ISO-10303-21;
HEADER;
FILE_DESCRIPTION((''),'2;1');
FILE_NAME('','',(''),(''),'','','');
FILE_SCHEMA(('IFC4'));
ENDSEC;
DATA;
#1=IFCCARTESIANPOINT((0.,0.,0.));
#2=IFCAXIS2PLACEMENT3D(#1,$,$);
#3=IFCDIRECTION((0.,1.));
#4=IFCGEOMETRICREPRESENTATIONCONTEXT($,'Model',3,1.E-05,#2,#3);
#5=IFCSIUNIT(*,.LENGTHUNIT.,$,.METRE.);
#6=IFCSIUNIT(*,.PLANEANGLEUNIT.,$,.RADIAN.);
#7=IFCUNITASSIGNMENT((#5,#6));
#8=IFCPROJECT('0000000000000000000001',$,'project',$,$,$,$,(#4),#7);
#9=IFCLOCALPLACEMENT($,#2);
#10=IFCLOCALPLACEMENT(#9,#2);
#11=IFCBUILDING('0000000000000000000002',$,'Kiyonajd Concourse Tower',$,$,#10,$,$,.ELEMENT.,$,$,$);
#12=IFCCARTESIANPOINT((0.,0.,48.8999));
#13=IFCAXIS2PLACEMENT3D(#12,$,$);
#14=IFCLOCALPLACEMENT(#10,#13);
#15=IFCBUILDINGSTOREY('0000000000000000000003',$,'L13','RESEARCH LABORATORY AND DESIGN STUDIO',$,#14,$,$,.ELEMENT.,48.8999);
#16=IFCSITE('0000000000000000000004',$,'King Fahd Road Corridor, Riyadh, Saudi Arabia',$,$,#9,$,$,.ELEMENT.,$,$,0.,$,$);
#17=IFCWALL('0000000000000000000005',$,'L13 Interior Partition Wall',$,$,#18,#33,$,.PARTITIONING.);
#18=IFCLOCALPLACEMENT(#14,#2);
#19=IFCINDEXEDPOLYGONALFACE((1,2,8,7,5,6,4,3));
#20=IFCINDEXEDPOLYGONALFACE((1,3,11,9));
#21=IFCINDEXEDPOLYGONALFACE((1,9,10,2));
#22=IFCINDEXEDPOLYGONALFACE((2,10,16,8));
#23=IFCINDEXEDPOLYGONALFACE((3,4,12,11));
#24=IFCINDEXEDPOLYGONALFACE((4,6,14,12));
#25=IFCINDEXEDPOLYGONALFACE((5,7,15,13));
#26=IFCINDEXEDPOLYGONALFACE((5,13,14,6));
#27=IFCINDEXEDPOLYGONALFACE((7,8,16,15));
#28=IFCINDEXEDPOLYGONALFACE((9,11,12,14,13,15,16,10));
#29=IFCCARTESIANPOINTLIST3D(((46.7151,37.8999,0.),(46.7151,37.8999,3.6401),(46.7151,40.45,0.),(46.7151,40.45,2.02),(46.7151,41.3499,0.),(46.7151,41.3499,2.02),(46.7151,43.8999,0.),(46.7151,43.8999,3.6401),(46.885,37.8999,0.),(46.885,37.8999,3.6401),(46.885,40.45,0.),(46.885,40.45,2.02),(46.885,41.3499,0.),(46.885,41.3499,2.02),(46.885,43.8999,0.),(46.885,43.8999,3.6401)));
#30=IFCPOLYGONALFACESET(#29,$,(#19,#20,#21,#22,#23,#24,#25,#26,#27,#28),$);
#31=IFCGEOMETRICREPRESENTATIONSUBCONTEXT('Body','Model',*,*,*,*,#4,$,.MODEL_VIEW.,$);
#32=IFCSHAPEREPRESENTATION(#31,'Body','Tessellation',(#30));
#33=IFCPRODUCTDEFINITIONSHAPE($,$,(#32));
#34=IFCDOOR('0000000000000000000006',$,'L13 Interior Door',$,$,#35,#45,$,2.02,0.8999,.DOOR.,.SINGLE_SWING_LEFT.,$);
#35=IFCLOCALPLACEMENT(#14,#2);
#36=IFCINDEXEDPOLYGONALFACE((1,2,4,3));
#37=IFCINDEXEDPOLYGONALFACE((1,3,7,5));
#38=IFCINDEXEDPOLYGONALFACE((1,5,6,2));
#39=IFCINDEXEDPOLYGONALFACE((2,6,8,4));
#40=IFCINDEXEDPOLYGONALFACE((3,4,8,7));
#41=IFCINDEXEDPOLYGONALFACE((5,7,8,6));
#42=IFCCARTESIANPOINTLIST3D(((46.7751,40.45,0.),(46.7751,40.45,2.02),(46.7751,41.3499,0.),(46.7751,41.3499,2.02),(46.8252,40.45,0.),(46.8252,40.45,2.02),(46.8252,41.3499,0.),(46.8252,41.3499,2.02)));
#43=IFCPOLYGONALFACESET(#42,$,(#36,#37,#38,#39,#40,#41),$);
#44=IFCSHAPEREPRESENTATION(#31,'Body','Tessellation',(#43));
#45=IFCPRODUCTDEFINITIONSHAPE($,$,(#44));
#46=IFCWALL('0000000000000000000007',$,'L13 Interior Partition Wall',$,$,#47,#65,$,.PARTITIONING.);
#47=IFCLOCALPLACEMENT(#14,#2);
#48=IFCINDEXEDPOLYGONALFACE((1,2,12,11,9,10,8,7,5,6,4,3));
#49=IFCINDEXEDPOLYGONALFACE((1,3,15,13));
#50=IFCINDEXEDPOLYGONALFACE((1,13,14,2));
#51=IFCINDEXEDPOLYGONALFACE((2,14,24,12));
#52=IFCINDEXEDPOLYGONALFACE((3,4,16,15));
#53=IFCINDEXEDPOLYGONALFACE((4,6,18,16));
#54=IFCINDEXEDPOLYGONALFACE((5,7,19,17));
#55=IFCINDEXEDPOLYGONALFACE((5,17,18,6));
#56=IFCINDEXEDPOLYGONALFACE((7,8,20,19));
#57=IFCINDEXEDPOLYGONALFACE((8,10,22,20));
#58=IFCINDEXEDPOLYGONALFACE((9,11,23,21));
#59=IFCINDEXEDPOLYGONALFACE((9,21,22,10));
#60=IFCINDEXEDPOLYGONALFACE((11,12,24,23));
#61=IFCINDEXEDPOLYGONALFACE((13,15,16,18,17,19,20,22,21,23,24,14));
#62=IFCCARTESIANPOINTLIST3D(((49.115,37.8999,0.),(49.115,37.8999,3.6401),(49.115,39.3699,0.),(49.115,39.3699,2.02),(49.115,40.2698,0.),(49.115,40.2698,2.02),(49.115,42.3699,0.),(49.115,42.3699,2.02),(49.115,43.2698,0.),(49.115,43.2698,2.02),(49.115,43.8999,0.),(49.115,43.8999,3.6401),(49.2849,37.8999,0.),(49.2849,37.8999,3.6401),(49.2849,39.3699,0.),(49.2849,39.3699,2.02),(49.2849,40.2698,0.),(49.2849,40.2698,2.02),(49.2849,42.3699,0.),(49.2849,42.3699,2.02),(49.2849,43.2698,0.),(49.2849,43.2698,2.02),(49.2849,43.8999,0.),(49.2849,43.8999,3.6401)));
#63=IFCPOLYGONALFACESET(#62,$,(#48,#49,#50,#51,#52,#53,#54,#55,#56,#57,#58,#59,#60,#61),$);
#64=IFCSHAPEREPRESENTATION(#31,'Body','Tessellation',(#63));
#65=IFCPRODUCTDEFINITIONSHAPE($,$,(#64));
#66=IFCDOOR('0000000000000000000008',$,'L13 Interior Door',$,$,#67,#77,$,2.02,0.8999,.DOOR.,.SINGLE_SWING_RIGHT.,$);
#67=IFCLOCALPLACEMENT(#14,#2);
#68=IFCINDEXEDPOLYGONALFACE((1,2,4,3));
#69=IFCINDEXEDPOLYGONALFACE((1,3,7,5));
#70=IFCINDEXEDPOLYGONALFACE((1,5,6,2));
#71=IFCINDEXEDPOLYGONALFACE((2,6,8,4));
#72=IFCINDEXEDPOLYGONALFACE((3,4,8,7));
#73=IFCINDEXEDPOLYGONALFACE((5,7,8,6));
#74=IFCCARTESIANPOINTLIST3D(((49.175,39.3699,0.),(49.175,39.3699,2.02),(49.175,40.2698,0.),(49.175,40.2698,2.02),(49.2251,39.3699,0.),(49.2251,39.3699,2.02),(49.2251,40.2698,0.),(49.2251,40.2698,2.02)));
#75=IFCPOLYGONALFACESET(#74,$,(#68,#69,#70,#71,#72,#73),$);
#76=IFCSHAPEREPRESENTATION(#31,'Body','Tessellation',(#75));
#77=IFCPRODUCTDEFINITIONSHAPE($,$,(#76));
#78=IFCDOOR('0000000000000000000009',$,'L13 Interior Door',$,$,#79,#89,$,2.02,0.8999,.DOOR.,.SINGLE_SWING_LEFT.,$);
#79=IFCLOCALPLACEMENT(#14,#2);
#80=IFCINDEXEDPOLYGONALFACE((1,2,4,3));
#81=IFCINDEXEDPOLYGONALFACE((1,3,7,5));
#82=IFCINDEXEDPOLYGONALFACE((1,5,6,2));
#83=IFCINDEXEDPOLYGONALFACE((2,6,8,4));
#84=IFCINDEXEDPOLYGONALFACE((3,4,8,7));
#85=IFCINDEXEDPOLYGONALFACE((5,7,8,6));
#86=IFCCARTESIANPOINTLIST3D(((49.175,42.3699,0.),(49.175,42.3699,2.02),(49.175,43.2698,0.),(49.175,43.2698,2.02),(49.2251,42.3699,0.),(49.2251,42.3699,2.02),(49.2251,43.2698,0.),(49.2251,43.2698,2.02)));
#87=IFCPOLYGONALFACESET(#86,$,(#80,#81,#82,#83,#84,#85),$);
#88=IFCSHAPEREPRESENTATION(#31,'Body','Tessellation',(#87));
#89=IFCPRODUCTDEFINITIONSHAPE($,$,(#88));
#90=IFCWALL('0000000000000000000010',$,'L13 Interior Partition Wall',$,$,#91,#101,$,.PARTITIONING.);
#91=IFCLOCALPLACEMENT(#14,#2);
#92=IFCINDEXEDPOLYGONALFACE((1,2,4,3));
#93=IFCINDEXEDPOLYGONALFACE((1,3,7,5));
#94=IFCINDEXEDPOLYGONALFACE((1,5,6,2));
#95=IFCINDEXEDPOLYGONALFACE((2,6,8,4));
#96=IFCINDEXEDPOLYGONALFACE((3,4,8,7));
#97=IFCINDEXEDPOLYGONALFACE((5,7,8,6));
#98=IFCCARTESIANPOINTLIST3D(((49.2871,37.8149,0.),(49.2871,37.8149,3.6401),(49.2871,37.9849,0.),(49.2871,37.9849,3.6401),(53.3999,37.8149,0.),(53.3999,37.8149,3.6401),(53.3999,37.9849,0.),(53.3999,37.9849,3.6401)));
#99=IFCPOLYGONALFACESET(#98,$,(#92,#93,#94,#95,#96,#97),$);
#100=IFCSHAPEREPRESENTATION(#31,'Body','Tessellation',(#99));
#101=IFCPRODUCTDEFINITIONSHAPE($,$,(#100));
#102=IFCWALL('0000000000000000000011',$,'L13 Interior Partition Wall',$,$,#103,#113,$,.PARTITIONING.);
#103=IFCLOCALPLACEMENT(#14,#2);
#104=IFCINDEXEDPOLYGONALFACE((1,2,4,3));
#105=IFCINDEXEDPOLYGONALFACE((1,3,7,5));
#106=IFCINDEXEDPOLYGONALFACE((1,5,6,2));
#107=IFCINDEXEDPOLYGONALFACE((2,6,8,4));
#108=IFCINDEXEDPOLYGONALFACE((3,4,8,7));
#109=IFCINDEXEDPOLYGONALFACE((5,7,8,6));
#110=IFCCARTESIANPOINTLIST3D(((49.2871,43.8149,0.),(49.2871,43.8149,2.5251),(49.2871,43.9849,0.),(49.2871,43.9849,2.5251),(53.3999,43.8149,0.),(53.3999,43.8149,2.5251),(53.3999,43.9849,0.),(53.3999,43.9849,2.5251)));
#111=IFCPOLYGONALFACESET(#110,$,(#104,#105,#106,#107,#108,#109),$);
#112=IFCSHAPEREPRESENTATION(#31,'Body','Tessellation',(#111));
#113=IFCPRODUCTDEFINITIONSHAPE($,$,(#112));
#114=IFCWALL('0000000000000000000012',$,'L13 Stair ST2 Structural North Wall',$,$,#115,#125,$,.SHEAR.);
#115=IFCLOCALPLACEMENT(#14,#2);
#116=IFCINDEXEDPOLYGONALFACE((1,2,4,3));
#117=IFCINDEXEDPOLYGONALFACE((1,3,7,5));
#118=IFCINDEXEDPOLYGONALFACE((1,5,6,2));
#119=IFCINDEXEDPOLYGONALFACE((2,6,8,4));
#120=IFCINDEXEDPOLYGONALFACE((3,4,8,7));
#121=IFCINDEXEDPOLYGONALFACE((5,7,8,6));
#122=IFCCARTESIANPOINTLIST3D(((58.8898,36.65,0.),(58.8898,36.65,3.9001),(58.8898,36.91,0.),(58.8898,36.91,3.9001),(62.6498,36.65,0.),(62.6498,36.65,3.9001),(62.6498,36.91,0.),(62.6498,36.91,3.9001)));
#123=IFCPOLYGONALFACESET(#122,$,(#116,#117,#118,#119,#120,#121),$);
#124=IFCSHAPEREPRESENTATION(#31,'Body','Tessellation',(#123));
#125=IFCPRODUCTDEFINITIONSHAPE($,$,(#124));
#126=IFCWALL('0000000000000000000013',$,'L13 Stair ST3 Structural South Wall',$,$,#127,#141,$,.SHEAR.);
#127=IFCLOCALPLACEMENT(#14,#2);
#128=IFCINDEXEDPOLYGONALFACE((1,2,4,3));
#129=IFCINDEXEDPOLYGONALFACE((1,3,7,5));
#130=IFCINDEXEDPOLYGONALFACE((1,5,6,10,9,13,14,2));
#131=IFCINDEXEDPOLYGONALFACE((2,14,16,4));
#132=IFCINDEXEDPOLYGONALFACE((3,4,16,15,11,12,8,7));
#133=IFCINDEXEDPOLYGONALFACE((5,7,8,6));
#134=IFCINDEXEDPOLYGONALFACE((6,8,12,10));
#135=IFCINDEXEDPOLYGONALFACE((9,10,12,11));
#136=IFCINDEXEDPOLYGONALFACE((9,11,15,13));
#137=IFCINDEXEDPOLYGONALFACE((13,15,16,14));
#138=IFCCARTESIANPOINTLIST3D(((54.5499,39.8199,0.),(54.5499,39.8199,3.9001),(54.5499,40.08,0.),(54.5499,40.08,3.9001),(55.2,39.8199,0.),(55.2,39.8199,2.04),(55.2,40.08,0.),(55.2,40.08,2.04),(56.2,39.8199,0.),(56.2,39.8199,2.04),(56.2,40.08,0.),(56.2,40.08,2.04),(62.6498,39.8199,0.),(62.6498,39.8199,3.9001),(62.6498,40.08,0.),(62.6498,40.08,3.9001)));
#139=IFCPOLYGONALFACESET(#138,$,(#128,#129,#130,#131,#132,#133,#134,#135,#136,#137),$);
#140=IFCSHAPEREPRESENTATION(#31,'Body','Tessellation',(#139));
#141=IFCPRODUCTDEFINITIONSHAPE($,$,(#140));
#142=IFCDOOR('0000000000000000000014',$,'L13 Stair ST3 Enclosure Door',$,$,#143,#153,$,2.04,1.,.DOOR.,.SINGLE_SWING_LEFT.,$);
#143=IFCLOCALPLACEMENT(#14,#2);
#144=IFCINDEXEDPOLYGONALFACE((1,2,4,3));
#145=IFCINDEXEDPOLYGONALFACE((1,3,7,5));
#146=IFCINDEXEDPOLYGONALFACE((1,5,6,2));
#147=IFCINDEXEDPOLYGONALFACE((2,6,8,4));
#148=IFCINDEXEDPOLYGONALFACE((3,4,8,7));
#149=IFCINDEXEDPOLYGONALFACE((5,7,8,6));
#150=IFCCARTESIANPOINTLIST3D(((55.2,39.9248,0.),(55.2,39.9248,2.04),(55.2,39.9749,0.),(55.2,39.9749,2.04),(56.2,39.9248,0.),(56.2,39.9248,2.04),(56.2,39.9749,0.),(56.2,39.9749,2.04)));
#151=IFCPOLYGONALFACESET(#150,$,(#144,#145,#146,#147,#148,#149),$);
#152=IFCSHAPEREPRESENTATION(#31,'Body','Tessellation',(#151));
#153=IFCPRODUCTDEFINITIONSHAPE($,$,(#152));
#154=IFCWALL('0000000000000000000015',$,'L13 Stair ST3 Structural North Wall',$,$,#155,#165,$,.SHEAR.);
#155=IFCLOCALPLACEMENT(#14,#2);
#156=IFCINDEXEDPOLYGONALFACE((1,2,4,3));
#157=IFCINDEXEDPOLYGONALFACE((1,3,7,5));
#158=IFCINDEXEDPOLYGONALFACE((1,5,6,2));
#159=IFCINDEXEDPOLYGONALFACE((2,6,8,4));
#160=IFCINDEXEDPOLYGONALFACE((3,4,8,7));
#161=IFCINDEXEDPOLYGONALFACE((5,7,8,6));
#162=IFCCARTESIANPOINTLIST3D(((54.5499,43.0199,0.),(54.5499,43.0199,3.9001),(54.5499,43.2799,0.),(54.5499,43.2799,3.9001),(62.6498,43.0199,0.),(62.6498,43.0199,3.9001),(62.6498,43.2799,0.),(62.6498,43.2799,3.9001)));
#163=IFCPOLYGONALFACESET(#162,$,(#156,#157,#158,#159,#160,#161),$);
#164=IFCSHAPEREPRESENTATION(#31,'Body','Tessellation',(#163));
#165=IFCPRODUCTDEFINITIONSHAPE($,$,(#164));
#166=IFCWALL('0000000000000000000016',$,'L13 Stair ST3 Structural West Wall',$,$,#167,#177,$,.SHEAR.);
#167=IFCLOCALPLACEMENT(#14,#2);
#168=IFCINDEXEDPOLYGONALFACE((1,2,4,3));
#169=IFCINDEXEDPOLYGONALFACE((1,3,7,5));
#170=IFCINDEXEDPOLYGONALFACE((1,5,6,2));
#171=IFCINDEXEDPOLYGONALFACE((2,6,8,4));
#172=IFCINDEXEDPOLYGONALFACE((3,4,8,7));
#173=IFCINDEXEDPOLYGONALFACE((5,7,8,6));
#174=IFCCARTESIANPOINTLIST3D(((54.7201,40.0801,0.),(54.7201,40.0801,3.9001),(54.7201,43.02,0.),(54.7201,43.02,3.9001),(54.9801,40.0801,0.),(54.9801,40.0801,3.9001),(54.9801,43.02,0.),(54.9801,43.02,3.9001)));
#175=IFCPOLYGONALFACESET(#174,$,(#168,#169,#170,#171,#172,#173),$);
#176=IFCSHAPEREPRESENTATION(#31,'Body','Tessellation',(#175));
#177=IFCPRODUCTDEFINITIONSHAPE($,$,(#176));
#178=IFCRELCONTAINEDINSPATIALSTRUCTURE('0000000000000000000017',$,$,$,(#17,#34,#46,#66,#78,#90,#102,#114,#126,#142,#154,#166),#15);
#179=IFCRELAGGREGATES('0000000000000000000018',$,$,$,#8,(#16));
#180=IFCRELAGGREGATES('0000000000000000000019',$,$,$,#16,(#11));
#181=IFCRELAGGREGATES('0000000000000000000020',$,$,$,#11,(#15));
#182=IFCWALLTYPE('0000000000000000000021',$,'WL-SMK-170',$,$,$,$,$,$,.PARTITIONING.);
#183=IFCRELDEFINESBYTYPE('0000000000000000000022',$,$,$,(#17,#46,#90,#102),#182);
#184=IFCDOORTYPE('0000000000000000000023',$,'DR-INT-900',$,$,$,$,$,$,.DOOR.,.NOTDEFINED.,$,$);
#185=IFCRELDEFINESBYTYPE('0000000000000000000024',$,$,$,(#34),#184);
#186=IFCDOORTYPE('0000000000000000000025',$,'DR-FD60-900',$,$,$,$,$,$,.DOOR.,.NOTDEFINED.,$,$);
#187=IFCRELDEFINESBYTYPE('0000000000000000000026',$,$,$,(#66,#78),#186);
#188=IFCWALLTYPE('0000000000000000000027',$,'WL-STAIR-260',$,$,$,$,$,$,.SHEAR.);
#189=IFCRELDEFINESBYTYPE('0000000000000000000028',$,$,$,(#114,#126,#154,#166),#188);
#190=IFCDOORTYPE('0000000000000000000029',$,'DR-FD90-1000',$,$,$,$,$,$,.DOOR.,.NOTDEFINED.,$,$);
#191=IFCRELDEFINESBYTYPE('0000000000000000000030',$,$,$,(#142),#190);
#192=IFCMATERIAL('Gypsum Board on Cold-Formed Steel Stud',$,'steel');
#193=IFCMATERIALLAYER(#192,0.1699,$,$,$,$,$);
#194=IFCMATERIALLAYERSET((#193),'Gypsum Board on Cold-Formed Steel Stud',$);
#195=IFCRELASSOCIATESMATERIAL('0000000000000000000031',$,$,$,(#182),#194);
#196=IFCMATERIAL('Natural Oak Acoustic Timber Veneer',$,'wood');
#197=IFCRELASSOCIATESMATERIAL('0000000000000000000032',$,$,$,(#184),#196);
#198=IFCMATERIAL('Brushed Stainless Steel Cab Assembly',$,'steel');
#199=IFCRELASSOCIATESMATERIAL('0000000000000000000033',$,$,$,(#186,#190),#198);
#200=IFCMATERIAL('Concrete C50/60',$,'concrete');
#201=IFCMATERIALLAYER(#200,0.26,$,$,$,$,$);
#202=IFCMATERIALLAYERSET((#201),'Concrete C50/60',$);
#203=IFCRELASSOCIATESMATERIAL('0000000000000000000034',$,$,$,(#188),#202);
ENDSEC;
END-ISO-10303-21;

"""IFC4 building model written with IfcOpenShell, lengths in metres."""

from ifc_helpers import new_model, si_unit, direction, frame, frame_2d, origin, place, context, subcontext, project, spatial, rectangle, extrude, material, layer, layer_set, type_object, element, fill, save


model = new_model("IFC4")

# Units and contexts
model_context = context("Model", 3, precision=1e-05, world=origin(), true_north=direction((0.0, 1.0)))
body_context = subcontext(model_context, "Body", "Model", "MODEL_VIEW")
ifc_project = project(units=[si_unit("LENGTHUNIT", "METRE"), si_unit("PLANEANGLEUNIT", "RADIAN")], contexts=[model_context])

# Site, building, storey
site_placement = place(None, origin())
site = spatial("IfcSite", under=ifc_project, at=site_placement, Name="King Fahd Road Corridor, Riyadh, Saudi Arabia", CompositionType="ELEMENT", RefElevation=0.0)
building_placement = place(site_placement, origin())
building = spatial("IfcBuilding", under=site, at=building_placement, Name="Kiyonajd Concourse Tower", CompositionType="ELEMENT")
storey_placement = place(building_placement, frame((0.0, 0.0, 48.8999)))
storey = spatial("IfcBuildingStorey", under=building, at=storey_placement, Name="L13", Description="RESEARCH LABORATORY AND DESIGN STUDIO", CompositionType="ELEMENT", Elevation=48.8999)

# Shared definitions
ifc_material_1 = material(Name="Concrete C50/60", Category="concrete")

# Shared definitions
ifc_material_2 = material(Name="Gypsum Board on Cold-Formed Steel Stud", Category="steel")
ifc_layer_1 = layer(ifc_material_2, 0.1699)
ifc_layer_set_1 = layer_set([ifc_layer_1], Name="Gypsum Board on Cold-Formed Steel Stud")
wall_type_1 = type_object("IfcWallType", Name="WL-SMK-170", PredefinedType="PARTITIONING", material=ifc_layer_set_1)

# Wall, opening, door
wall_1_placement = place(storey_placement, frame((46.8, 37.8999, 0.0), z_axis=(0.0, 0.0, 1.0), x_axis=(0.0, 1.0, 0.0)))
wall_1 = element("IfcWall", 1, at=wall_1_placement, inside=storey, type_object=wall_type_1, Name="L13 Interior Partition Wall", PredefinedType="PARTITIONING", context=body_context, shape_type="SweptSolid", body=[
    extrude(rectangle(XDim=6.0, YDim=0.1699, at=frame_2d((3.0, 0.0))), origin(), (0.0, 0.0, 1.0), 3.6401),
])
opening_1_placement = place(wall_1_placement, frame((2.55, 0.0, 0.0)))
opening_1 = element("IfcOpeningElement", 2, at=opening_1_placement, cuts=wall_1, PredefinedType="OPENING", context=body_context, shape_type="SweptSolid", body=[
    extrude(rectangle(XDim=0.8999, YDim=2.02, at=frame_2d((0.45, 1.01))), frame((0.0, 0.095, 0.0), z_axis=(0.0, -1.0, 0.0), x_axis=(1.0, 0.0, 0.0)), (0.0, 0.0, 1.0), 0.1899),
])
ifc_material_3 = material(Name="Natural Oak Acoustic Timber Veneer", Category="wood")
door_type_1 = type_object("IfcDoorType", Name="DR-INT-900", OperationType="NOTDEFINED", PredefinedType="DOOR", material=ifc_material_3)
door_1_placement = place(opening_1_placement, origin())
door_1 = element("IfcDoor", 3, at=door_1_placement, inside=storey, type_object=door_type_1, Name="L13 Interior Door", OperationType="SINGLE_SWING_LEFT", OverallHeight=2.02, OverallWidth=0.8999, PredefinedType="DOOR", context=body_context, shape_type="SweptSolid", body=[
    extrude(rectangle(XDim=0.8999, YDim=2.02, at=frame_2d((0.45, 1.01))), frame((0.0, 0.0249, 0.0), z_axis=(0.0, -1.0, 0.0), x_axis=(1.0, 0.0, 0.0)), (0.0, 0.0, 1.0), 0.05),
])
fill(opening_1, door_1)

# Wall, openings, doors
wall_2_placement = place(storey_placement, frame((49.2, 37.8999, 0.0), z_axis=(0.0, 0.0, 1.0), x_axis=(0.0, 1.0, 0.0)))
wall_2 = element("IfcWall", 4, at=wall_2_placement, inside=storey, type_object=wall_type_1, Name="L13 Interior Partition Wall", PredefinedType="PARTITIONING", context=body_context, shape_type="SweptSolid", body=[
    extrude(rectangle(XDim=6.0, YDim=0.1699, at=frame_2d((3.0, 0.0))), origin(), (0.0, 0.0, 1.0), 3.6401),
])
opening_2_placement = place(wall_2_placement, frame((1.47, 0.0, 0.0)))
opening_2 = element("IfcOpeningElement", 5, at=opening_2_placement, cuts=wall_2, PredefinedType="OPENING", context=body_context, shape_type="SweptSolid", body=[
    extrude(rectangle(XDim=0.8999, YDim=2.02, at=frame_2d((0.45, 1.01))), frame((0.0, 0.095, 0.0), z_axis=(0.0, -1.0, 0.0), x_axis=(1.0, 0.0, 0.0)), (0.0, 0.0, 1.0), 0.1899),
])
opening_3_placement = place(wall_2_placement, frame((4.47, 0.0, 0.0)))
opening_3 = element("IfcOpeningElement", 6, at=opening_3_placement, cuts=wall_2, PredefinedType="OPENING", context=body_context, shape_type="SweptSolid", body=[
    extrude(rectangle(XDim=0.8999, YDim=2.02, at=frame_2d((0.45, 1.01))), frame((0.0, 0.095, 0.0), z_axis=(0.0, -1.0, 0.0), x_axis=(1.0, 0.0, 0.0)), (0.0, 0.0, 1.0), 0.1899),
])
ifc_material_4 = material(Name="Brushed Stainless Steel Cab Assembly", Category="steel")
door_type_2 = type_object("IfcDoorType", Name="DR-FD60-900", OperationType="NOTDEFINED", PredefinedType="DOOR", material=ifc_material_4)
door_2_placement = place(opening_2_placement, origin())
door_2 = element("IfcDoor", 7, at=door_2_placement, inside=storey, type_object=door_type_2, Name="L13 Interior Door", OperationType="SINGLE_SWING_RIGHT", OverallHeight=2.02, OverallWidth=0.8999, PredefinedType="DOOR", context=body_context, shape_type="SweptSolid", body=[
    extrude(rectangle(XDim=0.8999, YDim=2.02, at=frame_2d((0.45, 1.01))), frame((0.0, 0.0249, 0.0), z_axis=(0.0, -1.0, 0.0), x_axis=(1.0, 0.0, 0.0)), (0.0, 0.0, 1.0), 0.05),
])
fill(opening_2, door_2)
door_3_placement = place(opening_3_placement, origin())
door_3 = element("IfcDoor", 8, at=door_3_placement, inside=storey, type_object=door_type_2, Name="L13 Interior Door", OperationType="SINGLE_SWING_LEFT", OverallHeight=2.02, OverallWidth=0.8999, PredefinedType="DOOR", context=body_context, shape_type="SweptSolid", body=[
    extrude(rectangle(XDim=0.8999, YDim=2.02, at=frame_2d((0.45, 1.01))), frame((0.0, 0.0249, 0.0), z_axis=(0.0, -1.0, 0.0), x_axis=(1.0, 0.0, 0.0)), (0.0, 0.0, 1.0), 0.05),
])
fill(opening_3, door_3)

# Walls
wall_3_placement = place(storey_placement, frame((49.2871, 37.8999, 0.0), z_axis=(0.0, 0.0, 1.0), x_axis=(1.0, 0.0, 0.0)))
element("IfcWall", 9, at=wall_3_placement, inside=storey, type_object=wall_type_1, Name="L13 Interior Partition Wall", PredefinedType="PARTITIONING", context=body_context, shape_type="SweptSolid", body=[
    extrude(rectangle(XDim=4.1128, YDim=0.1699, at=frame_2d((2.0564, 0.0))), origin(), (0.0, 0.0, 1.0), 3.6401),
])
wall_4_placement = place(storey_placement, frame((49.2871, 43.8999, 0.0), z_axis=(0.0, 0.0, 1.0), x_axis=(1.0, 0.0, 0.0)))
element("IfcWall", 10, at=wall_4_placement, inside=storey, type_object=wall_type_1, Name="L13 Interior Partition Wall", PredefinedType="PARTITIONING", context=body_context, shape_type="SweptSolid", body=[
    extrude(rectangle(XDim=4.1128, YDim=0.1699, at=frame_2d((2.0564, 0.0))), origin(), (0.0, 0.0, 1.0), 2.5251),
])
ifc_layer_2 = layer(ifc_material_1, 0.26)
ifc_layer_set_2 = layer_set([ifc_layer_2], Name="Concrete C50/60")
wall_type_2 = type_object("IfcWallType", Name="WL-STAIR-260", PredefinedType="SHEAR", material=ifc_layer_set_2)
wall_5_placement = place(storey_placement, frame((58.8899, 36.78, 0.0), z_axis=(0.0, 0.0, 1.0), x_axis=(1.0, 0.0, 0.0)))
element("IfcWall", 11, at=wall_5_placement, inside=storey, type_object=wall_type_2, Name="L13 Stair ST2 Structural North Wall", PredefinedType="SHEAR", context=body_context, shape_type="SweptSolid", body=[
    extrude(rectangle(XDim=3.76, YDim=0.26, at=frame_2d((1.8799, 0.0))), origin(), (0.0, 0.0, 1.0), 3.9001),
])

# Wall, opening, door
wall_6_placement = place(storey_placement, frame((54.55, 39.95, 0.0), z_axis=(0.0, 0.0, 1.0), x_axis=(1.0, 0.0, 0.0)))
wall_6 = element("IfcWall", 12, at=wall_6_placement, inside=storey, type_object=wall_type_2, Name="L13 Stair ST3 Structural South Wall", PredefinedType="SHEAR", context=body_context, shape_type="SweptSolid", body=[
    extrude(rectangle(XDim=8.0999, YDim=0.26, at=frame_2d((4.0498, 0.0))), origin(), (0.0, 0.0, 1.0), 3.9001),
])
opening_4_placement = place(wall_6_placement, frame((0.6499, 0.0, 0.0)))
opening_4 = element("IfcOpeningElement", 13, at=opening_4_placement, cuts=wall_6, PredefinedType="OPENING", context=body_context, shape_type="SweptSolid", body=[
    extrude(rectangle(XDim=1.0, YDim=2.04, at=frame_2d((0.5, 1.02))), frame((0.0, 0.1399, 0.0), z_axis=(0.0, -1.0, 0.0), x_axis=(1.0, 0.0, 0.0)), (0.0, 0.0, 1.0), 0.28),
])
door_type_3 = type_object("IfcDoorType", Name="DR-FD90-1000", OperationType="NOTDEFINED", PredefinedType="DOOR", material=ifc_material_4)
door_4_placement = place(opening_4_placement, origin())
door_4 = element("IfcDoor", 14, at=door_4_placement, inside=storey, type_object=door_type_3, Name="L13 Stair ST3 Enclosure Door", OperationType="SINGLE_SWING_LEFT", OverallHeight=2.04, OverallWidth=1.0, PredefinedType="DOOR", context=body_context, shape_type="SweptSolid", body=[
    extrude(rectangle(XDim=1.0, YDim=2.04, at=frame_2d((0.5, 1.02))), frame((0.0, 0.0249, 0.0), z_axis=(0.0, -1.0, 0.0), x_axis=(1.0, 0.0, 0.0)), (0.0, 0.0, 1.0), 0.05),
])
fill(opening_4, door_4)

# Walls
wall_7_placement = place(storey_placement, frame((54.55, 43.1499, 0.0), z_axis=(0.0, 0.0, 1.0), x_axis=(1.0, 0.0, 0.0)))
element("IfcWall", 15, at=wall_7_placement, inside=storey, type_object=wall_type_2, Name="L13 Stair ST3 Structural North Wall", PredefinedType="SHEAR", context=body_context, shape_type="SweptSolid", body=[
    extrude(rectangle(XDim=8.0999, YDim=0.26, at=frame_2d((4.0498, 0.0))), origin(), (0.0, 0.0, 1.0), 3.9001),
])
wall_8_placement = place(storey_placement, frame((54.8501, 40.0801, 0.0), z_axis=(0.0, 0.0, 1.0), x_axis=(0.0, 1.0, 0.0)))
element("IfcWall", 16, at=wall_8_placement, inside=storey, type_object=wall_type_2, Name="L13 Stair ST3 Structural West Wall", PredefinedType="SHEAR", context=body_context, shape_type="SweptSolid", body=[
    extrude(rectangle(XDim=2.9399, YDim=0.26, at=frame_2d((1.47, 0.0))), origin(), (0.0, 0.0, 1.0), 3.9001),
])

save(model, "model.ifc")
